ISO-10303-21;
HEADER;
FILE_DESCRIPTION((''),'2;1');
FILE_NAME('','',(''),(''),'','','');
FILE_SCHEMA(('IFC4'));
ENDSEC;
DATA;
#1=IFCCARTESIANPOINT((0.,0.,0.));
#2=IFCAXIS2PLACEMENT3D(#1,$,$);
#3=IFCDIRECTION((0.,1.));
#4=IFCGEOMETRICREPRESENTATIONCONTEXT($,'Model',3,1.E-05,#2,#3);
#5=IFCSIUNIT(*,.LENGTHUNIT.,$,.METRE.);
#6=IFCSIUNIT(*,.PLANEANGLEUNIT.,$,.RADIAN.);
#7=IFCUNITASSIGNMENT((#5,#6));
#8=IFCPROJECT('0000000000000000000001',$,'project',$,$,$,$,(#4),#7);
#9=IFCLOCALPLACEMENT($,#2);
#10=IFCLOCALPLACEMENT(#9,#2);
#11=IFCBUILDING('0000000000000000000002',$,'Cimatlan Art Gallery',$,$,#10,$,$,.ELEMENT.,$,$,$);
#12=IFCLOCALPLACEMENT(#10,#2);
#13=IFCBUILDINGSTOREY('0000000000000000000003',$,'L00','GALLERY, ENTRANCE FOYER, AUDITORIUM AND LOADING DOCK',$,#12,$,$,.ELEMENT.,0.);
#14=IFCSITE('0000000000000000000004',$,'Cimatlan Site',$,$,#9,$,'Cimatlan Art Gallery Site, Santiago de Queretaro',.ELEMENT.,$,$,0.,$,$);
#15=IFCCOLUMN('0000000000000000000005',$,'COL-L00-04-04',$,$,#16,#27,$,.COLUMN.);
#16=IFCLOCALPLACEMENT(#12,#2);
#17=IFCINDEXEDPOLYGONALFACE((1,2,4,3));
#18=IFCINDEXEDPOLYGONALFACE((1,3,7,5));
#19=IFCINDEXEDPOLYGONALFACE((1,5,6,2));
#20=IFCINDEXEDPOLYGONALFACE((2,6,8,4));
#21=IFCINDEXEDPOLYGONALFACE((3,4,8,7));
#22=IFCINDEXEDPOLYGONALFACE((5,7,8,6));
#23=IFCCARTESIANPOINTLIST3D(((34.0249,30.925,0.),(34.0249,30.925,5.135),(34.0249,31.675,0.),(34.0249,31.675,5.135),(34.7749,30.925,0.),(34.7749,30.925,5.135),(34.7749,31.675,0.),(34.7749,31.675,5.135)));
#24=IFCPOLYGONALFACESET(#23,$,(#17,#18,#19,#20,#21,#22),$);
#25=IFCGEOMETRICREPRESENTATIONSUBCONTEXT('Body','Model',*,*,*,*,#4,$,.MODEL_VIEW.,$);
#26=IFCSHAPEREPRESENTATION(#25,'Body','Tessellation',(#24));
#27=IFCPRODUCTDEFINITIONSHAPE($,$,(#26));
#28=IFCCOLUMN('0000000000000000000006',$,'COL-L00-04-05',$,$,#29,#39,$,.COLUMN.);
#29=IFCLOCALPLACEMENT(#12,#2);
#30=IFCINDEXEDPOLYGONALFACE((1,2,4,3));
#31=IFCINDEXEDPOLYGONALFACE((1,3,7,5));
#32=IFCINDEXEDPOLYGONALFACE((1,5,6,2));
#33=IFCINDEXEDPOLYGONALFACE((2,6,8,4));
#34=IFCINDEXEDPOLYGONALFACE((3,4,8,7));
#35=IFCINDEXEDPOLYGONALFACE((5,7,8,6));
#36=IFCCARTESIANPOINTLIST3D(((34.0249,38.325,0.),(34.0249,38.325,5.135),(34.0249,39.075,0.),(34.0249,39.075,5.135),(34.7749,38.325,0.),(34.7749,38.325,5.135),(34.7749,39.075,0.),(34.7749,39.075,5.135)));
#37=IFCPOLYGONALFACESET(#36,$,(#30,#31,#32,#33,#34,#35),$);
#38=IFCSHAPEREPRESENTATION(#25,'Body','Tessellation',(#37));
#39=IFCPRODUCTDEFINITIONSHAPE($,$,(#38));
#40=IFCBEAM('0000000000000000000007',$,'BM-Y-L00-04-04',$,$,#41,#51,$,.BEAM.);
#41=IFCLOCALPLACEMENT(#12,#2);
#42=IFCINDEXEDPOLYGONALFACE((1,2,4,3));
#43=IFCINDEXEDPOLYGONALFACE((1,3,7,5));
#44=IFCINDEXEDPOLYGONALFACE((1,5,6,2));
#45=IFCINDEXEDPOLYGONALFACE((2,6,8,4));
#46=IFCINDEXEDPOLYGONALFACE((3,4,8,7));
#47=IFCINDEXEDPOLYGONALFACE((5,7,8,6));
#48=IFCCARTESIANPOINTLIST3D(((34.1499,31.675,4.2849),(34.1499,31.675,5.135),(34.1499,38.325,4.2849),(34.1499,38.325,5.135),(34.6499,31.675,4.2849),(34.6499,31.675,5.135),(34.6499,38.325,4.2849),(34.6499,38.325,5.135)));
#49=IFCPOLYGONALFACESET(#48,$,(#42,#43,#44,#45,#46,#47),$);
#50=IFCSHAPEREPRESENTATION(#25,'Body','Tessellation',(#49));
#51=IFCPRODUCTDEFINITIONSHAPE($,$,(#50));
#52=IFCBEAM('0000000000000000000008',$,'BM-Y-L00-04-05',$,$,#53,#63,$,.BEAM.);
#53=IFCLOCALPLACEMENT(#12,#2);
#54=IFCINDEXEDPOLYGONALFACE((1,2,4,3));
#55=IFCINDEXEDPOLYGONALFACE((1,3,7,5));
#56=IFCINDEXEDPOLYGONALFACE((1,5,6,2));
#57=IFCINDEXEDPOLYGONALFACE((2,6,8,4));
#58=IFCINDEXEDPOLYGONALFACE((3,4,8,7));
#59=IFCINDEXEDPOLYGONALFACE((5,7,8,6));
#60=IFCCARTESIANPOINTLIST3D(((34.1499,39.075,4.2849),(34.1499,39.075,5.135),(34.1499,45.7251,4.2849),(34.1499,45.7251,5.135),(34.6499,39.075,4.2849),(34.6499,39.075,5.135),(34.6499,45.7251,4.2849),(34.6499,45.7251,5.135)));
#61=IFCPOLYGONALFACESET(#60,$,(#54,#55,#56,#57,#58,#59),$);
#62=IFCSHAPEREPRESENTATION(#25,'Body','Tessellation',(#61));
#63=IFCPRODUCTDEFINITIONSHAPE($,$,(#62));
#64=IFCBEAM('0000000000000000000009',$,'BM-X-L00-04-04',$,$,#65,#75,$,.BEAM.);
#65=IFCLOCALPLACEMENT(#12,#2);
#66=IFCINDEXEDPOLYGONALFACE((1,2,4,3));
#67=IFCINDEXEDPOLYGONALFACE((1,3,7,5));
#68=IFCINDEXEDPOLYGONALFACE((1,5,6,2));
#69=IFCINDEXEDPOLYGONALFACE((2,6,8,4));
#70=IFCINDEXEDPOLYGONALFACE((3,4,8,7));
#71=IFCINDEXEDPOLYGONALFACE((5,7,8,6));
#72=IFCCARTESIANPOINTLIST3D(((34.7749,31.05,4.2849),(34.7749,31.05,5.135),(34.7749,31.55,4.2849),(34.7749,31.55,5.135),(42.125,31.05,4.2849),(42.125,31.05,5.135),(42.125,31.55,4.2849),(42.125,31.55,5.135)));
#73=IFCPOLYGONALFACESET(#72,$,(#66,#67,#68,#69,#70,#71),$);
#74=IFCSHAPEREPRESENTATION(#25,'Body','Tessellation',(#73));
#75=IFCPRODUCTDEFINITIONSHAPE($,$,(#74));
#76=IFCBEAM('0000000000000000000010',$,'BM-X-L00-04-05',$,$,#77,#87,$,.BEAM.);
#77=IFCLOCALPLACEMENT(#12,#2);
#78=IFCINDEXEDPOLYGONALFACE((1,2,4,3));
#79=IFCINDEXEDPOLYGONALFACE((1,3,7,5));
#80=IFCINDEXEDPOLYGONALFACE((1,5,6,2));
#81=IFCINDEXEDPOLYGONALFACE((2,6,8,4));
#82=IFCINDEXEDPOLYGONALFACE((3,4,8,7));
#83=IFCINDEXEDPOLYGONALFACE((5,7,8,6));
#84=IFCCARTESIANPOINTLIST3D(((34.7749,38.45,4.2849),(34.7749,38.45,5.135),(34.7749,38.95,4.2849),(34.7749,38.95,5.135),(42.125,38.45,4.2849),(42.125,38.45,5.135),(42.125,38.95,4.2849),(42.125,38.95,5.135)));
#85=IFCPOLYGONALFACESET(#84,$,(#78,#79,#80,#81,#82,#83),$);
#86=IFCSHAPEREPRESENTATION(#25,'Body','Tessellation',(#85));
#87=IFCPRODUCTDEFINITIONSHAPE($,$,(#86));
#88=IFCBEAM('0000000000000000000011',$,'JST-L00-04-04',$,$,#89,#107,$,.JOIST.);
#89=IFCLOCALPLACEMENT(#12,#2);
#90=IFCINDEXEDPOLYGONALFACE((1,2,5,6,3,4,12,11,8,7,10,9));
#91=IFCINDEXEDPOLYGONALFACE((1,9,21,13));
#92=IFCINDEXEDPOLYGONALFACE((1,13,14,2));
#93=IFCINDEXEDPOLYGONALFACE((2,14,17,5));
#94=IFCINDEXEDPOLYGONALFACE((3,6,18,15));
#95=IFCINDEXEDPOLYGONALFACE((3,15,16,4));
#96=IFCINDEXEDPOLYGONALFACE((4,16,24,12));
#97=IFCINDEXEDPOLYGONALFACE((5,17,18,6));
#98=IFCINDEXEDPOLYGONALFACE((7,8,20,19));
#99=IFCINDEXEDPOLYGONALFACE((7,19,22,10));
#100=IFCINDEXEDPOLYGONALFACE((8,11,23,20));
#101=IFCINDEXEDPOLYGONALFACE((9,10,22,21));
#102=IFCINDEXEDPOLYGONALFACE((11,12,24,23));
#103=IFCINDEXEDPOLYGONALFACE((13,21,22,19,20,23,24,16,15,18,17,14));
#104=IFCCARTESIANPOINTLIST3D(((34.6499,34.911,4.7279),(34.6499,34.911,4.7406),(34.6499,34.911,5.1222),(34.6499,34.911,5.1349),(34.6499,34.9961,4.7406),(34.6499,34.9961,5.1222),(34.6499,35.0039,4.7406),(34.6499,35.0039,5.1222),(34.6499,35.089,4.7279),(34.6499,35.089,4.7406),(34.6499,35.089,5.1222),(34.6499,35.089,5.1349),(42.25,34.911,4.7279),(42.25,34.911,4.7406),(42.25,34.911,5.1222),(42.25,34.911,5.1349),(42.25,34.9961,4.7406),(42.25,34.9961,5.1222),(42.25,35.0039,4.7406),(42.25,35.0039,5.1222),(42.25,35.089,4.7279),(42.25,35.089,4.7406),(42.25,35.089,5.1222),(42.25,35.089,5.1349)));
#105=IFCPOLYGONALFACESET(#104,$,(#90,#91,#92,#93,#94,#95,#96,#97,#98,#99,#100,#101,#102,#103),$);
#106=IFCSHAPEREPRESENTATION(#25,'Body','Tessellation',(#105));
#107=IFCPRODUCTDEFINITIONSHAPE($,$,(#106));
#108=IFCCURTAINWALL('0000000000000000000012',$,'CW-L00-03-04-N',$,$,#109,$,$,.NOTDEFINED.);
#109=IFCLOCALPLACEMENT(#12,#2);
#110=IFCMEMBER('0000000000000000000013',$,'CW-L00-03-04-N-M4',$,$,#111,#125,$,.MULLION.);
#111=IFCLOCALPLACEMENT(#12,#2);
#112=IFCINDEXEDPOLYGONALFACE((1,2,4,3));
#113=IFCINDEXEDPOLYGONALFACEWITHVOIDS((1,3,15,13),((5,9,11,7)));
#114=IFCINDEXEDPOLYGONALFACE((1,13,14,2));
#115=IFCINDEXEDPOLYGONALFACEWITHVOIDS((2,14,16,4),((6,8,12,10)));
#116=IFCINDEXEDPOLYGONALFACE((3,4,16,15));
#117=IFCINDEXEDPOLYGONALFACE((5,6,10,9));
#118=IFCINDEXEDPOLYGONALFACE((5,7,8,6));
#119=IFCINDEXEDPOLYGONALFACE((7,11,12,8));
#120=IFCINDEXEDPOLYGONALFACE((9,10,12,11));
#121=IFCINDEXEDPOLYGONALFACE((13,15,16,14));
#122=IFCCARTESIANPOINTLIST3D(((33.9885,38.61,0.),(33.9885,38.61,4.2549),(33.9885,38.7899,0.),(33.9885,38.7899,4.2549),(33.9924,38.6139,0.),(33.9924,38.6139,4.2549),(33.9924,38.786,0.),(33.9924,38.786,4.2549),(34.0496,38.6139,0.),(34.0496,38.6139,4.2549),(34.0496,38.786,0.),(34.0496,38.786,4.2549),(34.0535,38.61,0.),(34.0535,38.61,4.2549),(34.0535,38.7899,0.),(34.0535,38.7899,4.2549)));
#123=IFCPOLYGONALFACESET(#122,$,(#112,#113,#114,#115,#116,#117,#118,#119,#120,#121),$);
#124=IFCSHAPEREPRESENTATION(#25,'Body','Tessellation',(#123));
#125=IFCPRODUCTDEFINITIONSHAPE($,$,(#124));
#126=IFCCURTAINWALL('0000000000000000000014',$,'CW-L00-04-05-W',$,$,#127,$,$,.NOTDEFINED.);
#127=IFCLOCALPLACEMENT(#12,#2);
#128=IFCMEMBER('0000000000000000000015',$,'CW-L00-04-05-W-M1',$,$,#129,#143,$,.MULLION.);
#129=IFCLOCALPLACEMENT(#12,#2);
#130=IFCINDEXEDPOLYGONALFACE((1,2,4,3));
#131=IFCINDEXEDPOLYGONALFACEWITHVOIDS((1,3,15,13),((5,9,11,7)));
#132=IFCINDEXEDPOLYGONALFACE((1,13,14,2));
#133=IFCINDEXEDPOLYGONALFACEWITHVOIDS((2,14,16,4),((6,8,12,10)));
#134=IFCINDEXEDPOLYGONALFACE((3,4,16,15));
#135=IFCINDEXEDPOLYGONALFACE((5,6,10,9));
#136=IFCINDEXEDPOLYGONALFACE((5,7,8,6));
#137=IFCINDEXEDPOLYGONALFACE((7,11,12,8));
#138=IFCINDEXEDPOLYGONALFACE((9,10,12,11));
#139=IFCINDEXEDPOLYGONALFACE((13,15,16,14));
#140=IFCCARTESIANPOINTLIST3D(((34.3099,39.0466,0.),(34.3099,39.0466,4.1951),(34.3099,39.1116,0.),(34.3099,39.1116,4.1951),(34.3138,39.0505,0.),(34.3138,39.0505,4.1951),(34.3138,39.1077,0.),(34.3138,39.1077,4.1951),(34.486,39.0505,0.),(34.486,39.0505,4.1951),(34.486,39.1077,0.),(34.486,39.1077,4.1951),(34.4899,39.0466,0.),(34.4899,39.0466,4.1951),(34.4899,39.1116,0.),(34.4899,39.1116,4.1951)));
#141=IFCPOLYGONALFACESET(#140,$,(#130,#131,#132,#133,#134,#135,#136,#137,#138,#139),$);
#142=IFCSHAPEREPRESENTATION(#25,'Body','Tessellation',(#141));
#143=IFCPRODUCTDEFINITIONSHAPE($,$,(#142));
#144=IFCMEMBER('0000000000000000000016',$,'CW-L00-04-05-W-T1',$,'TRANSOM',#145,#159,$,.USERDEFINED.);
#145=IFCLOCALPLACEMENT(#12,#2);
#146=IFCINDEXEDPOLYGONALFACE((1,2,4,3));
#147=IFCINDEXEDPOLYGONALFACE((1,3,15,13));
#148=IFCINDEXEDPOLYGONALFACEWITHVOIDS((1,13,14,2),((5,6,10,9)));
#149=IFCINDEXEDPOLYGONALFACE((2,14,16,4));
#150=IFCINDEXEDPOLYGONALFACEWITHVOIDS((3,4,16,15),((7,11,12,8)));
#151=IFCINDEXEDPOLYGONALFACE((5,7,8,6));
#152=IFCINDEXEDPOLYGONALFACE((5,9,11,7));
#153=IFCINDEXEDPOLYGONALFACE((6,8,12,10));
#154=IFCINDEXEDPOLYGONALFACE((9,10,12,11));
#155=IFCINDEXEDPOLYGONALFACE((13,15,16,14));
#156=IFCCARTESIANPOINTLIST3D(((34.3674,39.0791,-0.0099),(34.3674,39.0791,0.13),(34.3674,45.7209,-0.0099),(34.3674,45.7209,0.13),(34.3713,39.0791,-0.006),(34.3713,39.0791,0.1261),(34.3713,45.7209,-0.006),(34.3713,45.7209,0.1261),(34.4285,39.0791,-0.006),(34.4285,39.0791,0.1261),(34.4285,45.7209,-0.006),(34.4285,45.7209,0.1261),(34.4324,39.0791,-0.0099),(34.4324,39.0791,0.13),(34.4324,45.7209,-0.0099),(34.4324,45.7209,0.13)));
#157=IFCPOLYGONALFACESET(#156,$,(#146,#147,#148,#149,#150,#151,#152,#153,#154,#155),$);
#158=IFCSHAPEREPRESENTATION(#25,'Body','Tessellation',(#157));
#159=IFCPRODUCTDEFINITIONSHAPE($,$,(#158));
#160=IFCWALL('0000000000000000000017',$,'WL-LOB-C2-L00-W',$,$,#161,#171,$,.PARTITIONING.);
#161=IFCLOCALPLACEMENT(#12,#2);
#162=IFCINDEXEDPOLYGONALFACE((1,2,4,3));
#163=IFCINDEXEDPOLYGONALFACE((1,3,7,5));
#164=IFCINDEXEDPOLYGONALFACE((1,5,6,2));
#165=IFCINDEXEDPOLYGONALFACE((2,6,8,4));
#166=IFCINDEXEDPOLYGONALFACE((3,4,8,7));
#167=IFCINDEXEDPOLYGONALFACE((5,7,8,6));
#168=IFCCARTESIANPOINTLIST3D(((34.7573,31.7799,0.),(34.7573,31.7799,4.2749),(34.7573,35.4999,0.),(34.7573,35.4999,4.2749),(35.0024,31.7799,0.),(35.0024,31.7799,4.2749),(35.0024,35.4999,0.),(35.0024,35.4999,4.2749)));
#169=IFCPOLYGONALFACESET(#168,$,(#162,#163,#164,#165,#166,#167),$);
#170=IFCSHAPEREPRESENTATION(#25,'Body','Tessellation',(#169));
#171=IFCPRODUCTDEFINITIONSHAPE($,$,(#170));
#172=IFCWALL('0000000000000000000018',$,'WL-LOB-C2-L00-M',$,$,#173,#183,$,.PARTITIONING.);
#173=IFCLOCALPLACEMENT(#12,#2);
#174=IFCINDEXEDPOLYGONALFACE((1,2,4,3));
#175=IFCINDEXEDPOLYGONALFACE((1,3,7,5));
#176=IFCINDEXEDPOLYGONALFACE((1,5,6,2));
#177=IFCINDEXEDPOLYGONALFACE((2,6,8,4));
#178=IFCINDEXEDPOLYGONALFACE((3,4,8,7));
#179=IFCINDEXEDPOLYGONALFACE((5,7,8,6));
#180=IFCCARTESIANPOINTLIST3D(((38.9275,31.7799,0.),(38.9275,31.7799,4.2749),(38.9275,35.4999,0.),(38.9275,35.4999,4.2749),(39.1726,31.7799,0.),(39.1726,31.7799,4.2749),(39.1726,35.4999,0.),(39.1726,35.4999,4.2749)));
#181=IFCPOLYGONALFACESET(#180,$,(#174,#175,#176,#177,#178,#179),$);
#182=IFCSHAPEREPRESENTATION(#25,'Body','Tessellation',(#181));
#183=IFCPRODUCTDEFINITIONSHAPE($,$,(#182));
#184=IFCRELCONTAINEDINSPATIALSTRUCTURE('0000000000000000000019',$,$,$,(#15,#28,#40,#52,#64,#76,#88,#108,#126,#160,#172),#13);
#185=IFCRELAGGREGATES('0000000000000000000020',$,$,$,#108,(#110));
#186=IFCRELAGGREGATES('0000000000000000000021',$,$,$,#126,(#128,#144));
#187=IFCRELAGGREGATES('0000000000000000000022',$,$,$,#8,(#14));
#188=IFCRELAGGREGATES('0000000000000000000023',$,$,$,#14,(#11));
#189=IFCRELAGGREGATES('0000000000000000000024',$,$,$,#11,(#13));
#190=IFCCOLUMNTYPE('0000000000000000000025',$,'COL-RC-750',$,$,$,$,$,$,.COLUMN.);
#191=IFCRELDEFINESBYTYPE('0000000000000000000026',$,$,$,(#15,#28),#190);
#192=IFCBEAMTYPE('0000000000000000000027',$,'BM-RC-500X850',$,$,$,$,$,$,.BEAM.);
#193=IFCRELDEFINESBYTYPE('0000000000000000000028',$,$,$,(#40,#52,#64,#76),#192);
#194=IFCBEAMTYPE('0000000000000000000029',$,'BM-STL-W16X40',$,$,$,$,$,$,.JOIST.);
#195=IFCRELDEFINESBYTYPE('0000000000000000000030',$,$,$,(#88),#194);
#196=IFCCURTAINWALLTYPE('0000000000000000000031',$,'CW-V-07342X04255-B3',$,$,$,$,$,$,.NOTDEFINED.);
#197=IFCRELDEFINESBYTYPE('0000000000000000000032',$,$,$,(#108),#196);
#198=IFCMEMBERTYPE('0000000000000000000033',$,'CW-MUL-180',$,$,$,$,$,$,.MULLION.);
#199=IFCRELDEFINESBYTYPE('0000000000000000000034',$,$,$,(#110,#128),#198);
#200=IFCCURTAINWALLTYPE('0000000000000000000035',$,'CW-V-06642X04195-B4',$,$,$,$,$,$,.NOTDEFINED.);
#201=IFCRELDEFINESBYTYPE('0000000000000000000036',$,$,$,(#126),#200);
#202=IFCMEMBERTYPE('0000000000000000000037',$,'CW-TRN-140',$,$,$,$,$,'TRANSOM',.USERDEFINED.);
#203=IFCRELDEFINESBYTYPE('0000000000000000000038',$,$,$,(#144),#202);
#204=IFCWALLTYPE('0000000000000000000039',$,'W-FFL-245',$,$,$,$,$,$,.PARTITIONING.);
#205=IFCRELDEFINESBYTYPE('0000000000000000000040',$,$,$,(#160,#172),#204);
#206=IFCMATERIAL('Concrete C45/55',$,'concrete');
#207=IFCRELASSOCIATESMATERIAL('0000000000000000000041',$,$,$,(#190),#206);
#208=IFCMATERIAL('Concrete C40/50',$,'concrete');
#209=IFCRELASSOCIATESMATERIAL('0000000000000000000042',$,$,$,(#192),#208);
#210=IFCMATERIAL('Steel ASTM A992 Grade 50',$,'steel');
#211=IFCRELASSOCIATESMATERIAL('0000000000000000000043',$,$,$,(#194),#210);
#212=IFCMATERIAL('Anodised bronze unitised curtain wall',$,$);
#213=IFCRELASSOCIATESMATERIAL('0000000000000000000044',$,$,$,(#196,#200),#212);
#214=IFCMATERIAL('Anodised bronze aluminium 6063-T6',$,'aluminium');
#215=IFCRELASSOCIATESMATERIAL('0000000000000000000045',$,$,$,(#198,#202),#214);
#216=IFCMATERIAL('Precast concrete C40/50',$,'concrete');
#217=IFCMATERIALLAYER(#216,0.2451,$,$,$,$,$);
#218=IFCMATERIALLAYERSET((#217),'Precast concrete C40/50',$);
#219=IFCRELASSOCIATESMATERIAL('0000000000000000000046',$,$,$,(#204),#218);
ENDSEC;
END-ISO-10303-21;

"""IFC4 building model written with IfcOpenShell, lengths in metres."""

from ifc_helpers import new_model, si_unit, direction, frame, frame_2d, origin, origin_2d, place, context, subcontext, project, spatial, rectangle, hollow_rectangle, i_section, extrude, material, layer, layer_set, material_profile, profile_set, type_object, element, aggregate, save


model = new_model("IFC4")

# Units and contexts
model_context = context("Model", 3, precision=1e-05, world=origin(), true_north=direction((0.0, 1.0)))
body_context = subcontext(model_context, "Body", "Model", "MODEL_VIEW")
ifc_project = project(units=[si_unit("LENGTHUNIT", "METRE"), si_unit("PLANEANGLEUNIT", "RADIAN")], contexts=[model_context])

# Site, building, storey
site_placement = place(None, origin())
site = spatial("IfcSite", under=ifc_project, at=site_placement, Name="Cimatlan Site", LongName="Cimatlan Art Gallery Site, Santiago de Queretaro", CompositionType="ELEMENT", RefElevation=0.0)
building_placement = place(site_placement, origin())
building = spatial("IfcBuilding", under=site, at=building_placement, Name="Cimatlan Art Gallery", CompositionType="ELEMENT")
storey_placement = place(building_placement, origin())
storey = spatial("IfcBuildingStorey", under=building, at=storey_placement, Name="L00", Description="GALLERY, ENTRANCE FOYER, AUDITORIUM AND LOADING DOCK", CompositionType="ELEMENT", Elevation=0.0)

# Columns
ifc_material_1 = material(Name="Concrete C45/55", Category="concrete")
ifc_material_profile_1 = material_profile(ifc_material_1, rectangle(XDim=0.75, YDim=0.75, at=origin_2d()), Name="RC750X750")
ifc_profile_set_1 = profile_set([ifc_material_profile_1], Name="Concrete C45/55")
column_type = type_object("IfcColumnType", Name="COL-RC-750", PredefinedType="COLUMN", material=ifc_profile_set_1)
for number, where, z_axis, x_axis, name in (
    (1, (34.3999, 31.3, 0.0), (0.0, 0.0, 1.0), (1.0, 0.0, 0.0), "COL-L00-04-04"),
    (2, (34.3999, 38.7, 0.0), (0.0, 0.0, 1.0), (1.0, 0.0, 0.0), "COL-L00-04-05"),
):
    element("IfcColumn", number, at=place(storey_placement, frame(where, z_axis=z_axis, x_axis=x_axis)), inside=storey, type_object=column_type, Name=name, PredefinedType="COLUMN", context=body_context, shape_type="SweptSolid", body=[
        extrude(rectangle(XDim=0.75, YDim=0.75, at=origin_2d()), origin(), (0.0, 0.0, 1.0), 5.135),
    ])

# Beams
ifc_material_2 = material(Name="Concrete C40/50", Category="concrete")
ifc_material_profile_2 = material_profile(ifc_material_2, rectangle(XDim=0.5, YDim=0.8501, at=origin_2d()), Name="RC500X850")
ifc_profile_set_2 = profile_set([ifc_material_profile_2], Name="Concrete C40/50")
beam_type_1 = type_object("IfcBeamType", Name="BM-RC-500X850", PredefinedType="BEAM", material=ifc_profile_set_2)
beam_1_placement = place(storey_placement, frame((34.3999, 31.675, 4.71), z_axis=(0.0, 1.0, 0.0), x_axis=(-1.0, 0.0, 0.0)))
element("IfcBeam", 3, at=beam_1_placement, inside=storey, type_object=beam_type_1, Name="BM-Y-L00-04-04", PredefinedType="BEAM", context=body_context, shape_type="SweptSolid", body=[
    extrude(rectangle(XDim=0.5, YDim=0.8501, at=origin_2d()), origin(), (0.0, 0.0, 1.0), 6.6499),
])
beam_2_placement = place(storey_placement, frame((34.3999, 39.075, 4.71), z_axis=(0.0, 1.0, 0.0), x_axis=(-1.0, 0.0, 0.0)))
element("IfcBeam", 4, at=beam_2_placement, inside=storey, type_object=beam_type_1, Name="BM-Y-L00-04-05", PredefinedType="BEAM", context=body_context, shape_type="SweptSolid", body=[
    extrude(rectangle(XDim=0.5, YDim=0.8501, at=origin_2d()), origin(), (0.0, 0.0, 1.0), 6.6501),
])
for number, where, z_axis, x_axis, name in (
    (5, (34.7749, 31.3, 4.71), (1.0, 0.0, 0.0), (0.0, 1.0, 0.0), "BM-X-L00-04-04"),
    (6, (34.7749, 38.7, 4.71), (1.0, 0.0, 0.0), (0.0, 1.0, 0.0), "BM-X-L00-04-05"),
):
    element("IfcBeam", number, at=place(storey_placement, frame(where, z_axis=z_axis, x_axis=x_axis)), inside=storey, type_object=beam_type_1, Name=name, PredefinedType="BEAM", context=body_context, shape_type="SweptSolid", body=[
        extrude(rectangle(XDim=0.5, YDim=0.8501, at=origin_2d()), origin(), (0.0, 0.0, 1.0), 7.3501),
    ])
ifc_material_3 = material(Name="Steel ASTM A992 Grade 50", Category="steel")
ifc_material_profile_3 = material_profile(ifc_material_3, i_section(OverallWidth=0.178, OverallDepth=0.407, WebThickness=0.0078, FlangeThickness=0.0127, at=origin_2d()), Name="W16X40")
ifc_profile_set_3 = profile_set([ifc_material_profile_3], Name="Steel ASTM A992 Grade 50")
beam_type_2 = type_object("IfcBeamType", Name="BM-STL-W16X40", PredefinedType="JOIST", material=ifc_profile_set_3)
beam_3_placement = place(storey_placement, frame((34.6499, 35.0, 4.9314), z_axis=(1.0, 0.0, 0.0), x_axis=(0.0, 1.0, 0.0)))
element("IfcBeam", 7, at=beam_3_placement, inside=storey, type_object=beam_type_2, Name="JST-L00-04-04", PredefinedType="JOIST", context=body_context, shape_type="SweptSolid", body=[
    extrude(i_section(OverallWidth=0.178, OverallDepth=0.407, WebThickness=0.0078, FlangeThickness=0.0127, at=origin_2d()), origin(), (0.0, 0.0, 1.0), 7.6001),
])

# Curtain wall, member
ifc_material_4 = material(Name="Anodised bronze unitised curtain wall")
curtain_wall_type_1 = type_object("IfcCurtainWallType", Name="CW-V-07342X04255-B3", PredefinedType="NOTDEFINED", material=ifc_material_4)
curtain_wall_1_placement = place(storey_placement, origin())
curtain_wall_1 = element("IfcCurtainWall", 8, at=curtain_wall_1_placement, inside=storey, type_object=curtain_wall_type_1, Name="CW-L00-03-04-N", PredefinedType="NOTDEFINED")
ifc_material_5 = material(Name="Anodised bronze aluminium 6063-T6", Category="aluminium")
ifc_material_profile_4 = material_profile(ifc_material_5, hollow_rectangle(XDim=0.0649, YDim=0.1799, WallThickness=0.0039, at=origin_2d()), Name="ALU65X180X4")
ifc_profile_set_4 = profile_set([ifc_material_profile_4], Name="Anodised bronze aluminium 6063-T6")
member_type_1 = type_object("IfcMemberType", Name="CW-MUL-180", PredefinedType="MULLION", material=ifc_profile_set_4)
member_1_placement = place(storey_placement, frame((34.021, 38.7, 0.0), z_axis=(0.0, 0.0, 1.0), x_axis=(1.0, 0.0, 0.0)))
member_1 = element("IfcMember", 9, at=member_1_placement, type_object=member_type_1, Name="CW-L00-03-04-N-M4", PredefinedType="MULLION", context=body_context, shape_type="SweptSolid", body=[
    extrude(hollow_rectangle(XDim=0.0649, YDim=0.1799, WallThickness=0.0039, at=origin_2d()), origin(), (0.0, 0.0, 1.0), 4.2549),
])
aggregate(curtain_wall_1, [member_1])

# Curtain wall, members
curtain_wall_type_2 = type_object("IfcCurtainWallType", Name="CW-V-06642X04195-B4", PredefinedType="NOTDEFINED", material=ifc_material_4)
curtain_wall_2_placement = place(storey_placement, origin())
curtain_wall_2 = element("IfcCurtainWall", 10, at=curtain_wall_2_placement, inside=storey, type_object=curtain_wall_type_2, Name="CW-L00-04-05-W", PredefinedType="NOTDEFINED")
member_2_placement = place(storey_placement, frame((34.3999, 39.0791, 0.0), z_axis=(0.0, 0.0, 1.0), x_axis=(0.0, 1.0, 0.0)))
member_2 = element("IfcMember", 11, at=member_2_placement, type_object=member_type_1, Name="CW-L00-04-05-W-M1", PredefinedType="MULLION", context=body_context, shape_type="SweptSolid", body=[
    extrude(hollow_rectangle(XDim=0.0649, YDim=0.1799, WallThickness=0.0039, at=origin_2d()), origin(), (0.0, 0.0, 1.0), 4.1951),
])
ifc_material_profile_5 = material_profile(ifc_material_5, hollow_rectangle(XDim=0.0649, YDim=0.1399, WallThickness=0.0039, at=origin_2d()), Name="ALU65X140X4")
ifc_profile_set_5 = profile_set([ifc_material_profile_5], Name="Anodised bronze aluminium 6063-T6")
member_type_2 = type_object("IfcMemberType", Name="CW-TRN-140", ElementType="TRANSOM", PredefinedType="USERDEFINED", material=ifc_profile_set_5)
member_3_placement = place(storey_placement, frame((34.3999, 39.0791, 0.0601), z_axis=(0.0, 1.0, 0.0), x_axis=(-1.0, 0.0, 0.0)))
member_3 = element("IfcMember", 12, at=member_3_placement, type_object=member_type_2, Name="CW-L00-04-05-W-T1", ObjectType="TRANSOM", PredefinedType="USERDEFINED", context=body_context, shape_type="SweptSolid", body=[
    extrude(hollow_rectangle(XDim=0.0649, YDim=0.1399, WallThickness=0.0039, at=origin_2d()), origin(), (0.0, 0.0, 1.0), 6.6418),
])
aggregate(curtain_wall_2, [member_2, member_3])

# Shared definitions
ifc_material_6 = material(Name="Precast concrete C40/50", Category="concrete")
ifc_layer_1 = layer(ifc_material_6, 0.2451)
ifc_layer_set_1 = layer_set([ifc_layer_1], Name="Precast concrete C40/50")
wall_type_1 = type_object("IfcWallType", Name="W-FFL-245", PredefinedType="PARTITIONING", material=ifc_layer_set_1)

# Walls
for number, where, z_axis, x_axis, name in (
    (13, (34.8799, 31.78, 0.0), (0.0, 0.0, 1.0), (0.0, 1.0, 0.0), "WL-LOB-C2-L00-W"),
    (14, (39.05, 31.78, 0.0), (0.0, 0.0, 1.0), (0.0, 1.0, 0.0), "WL-LOB-C2-L00-M"),
):
    element("IfcWall", number, at=place(storey_placement, frame(where, z_axis=z_axis, x_axis=x_axis)), inside=storey, type_object=wall_type_1, Name=name, PredefinedType="PARTITIONING", context=body_context, shape_type="SweptSolid", body=[
        extrude(rectangle(XDim=3.72, YDim=0.2451, at=frame_2d((1.8599, 0.0))), origin(), (0.0, 0.0, 1.0), 4.2749),
    ])

save(model, "model.ifc")
